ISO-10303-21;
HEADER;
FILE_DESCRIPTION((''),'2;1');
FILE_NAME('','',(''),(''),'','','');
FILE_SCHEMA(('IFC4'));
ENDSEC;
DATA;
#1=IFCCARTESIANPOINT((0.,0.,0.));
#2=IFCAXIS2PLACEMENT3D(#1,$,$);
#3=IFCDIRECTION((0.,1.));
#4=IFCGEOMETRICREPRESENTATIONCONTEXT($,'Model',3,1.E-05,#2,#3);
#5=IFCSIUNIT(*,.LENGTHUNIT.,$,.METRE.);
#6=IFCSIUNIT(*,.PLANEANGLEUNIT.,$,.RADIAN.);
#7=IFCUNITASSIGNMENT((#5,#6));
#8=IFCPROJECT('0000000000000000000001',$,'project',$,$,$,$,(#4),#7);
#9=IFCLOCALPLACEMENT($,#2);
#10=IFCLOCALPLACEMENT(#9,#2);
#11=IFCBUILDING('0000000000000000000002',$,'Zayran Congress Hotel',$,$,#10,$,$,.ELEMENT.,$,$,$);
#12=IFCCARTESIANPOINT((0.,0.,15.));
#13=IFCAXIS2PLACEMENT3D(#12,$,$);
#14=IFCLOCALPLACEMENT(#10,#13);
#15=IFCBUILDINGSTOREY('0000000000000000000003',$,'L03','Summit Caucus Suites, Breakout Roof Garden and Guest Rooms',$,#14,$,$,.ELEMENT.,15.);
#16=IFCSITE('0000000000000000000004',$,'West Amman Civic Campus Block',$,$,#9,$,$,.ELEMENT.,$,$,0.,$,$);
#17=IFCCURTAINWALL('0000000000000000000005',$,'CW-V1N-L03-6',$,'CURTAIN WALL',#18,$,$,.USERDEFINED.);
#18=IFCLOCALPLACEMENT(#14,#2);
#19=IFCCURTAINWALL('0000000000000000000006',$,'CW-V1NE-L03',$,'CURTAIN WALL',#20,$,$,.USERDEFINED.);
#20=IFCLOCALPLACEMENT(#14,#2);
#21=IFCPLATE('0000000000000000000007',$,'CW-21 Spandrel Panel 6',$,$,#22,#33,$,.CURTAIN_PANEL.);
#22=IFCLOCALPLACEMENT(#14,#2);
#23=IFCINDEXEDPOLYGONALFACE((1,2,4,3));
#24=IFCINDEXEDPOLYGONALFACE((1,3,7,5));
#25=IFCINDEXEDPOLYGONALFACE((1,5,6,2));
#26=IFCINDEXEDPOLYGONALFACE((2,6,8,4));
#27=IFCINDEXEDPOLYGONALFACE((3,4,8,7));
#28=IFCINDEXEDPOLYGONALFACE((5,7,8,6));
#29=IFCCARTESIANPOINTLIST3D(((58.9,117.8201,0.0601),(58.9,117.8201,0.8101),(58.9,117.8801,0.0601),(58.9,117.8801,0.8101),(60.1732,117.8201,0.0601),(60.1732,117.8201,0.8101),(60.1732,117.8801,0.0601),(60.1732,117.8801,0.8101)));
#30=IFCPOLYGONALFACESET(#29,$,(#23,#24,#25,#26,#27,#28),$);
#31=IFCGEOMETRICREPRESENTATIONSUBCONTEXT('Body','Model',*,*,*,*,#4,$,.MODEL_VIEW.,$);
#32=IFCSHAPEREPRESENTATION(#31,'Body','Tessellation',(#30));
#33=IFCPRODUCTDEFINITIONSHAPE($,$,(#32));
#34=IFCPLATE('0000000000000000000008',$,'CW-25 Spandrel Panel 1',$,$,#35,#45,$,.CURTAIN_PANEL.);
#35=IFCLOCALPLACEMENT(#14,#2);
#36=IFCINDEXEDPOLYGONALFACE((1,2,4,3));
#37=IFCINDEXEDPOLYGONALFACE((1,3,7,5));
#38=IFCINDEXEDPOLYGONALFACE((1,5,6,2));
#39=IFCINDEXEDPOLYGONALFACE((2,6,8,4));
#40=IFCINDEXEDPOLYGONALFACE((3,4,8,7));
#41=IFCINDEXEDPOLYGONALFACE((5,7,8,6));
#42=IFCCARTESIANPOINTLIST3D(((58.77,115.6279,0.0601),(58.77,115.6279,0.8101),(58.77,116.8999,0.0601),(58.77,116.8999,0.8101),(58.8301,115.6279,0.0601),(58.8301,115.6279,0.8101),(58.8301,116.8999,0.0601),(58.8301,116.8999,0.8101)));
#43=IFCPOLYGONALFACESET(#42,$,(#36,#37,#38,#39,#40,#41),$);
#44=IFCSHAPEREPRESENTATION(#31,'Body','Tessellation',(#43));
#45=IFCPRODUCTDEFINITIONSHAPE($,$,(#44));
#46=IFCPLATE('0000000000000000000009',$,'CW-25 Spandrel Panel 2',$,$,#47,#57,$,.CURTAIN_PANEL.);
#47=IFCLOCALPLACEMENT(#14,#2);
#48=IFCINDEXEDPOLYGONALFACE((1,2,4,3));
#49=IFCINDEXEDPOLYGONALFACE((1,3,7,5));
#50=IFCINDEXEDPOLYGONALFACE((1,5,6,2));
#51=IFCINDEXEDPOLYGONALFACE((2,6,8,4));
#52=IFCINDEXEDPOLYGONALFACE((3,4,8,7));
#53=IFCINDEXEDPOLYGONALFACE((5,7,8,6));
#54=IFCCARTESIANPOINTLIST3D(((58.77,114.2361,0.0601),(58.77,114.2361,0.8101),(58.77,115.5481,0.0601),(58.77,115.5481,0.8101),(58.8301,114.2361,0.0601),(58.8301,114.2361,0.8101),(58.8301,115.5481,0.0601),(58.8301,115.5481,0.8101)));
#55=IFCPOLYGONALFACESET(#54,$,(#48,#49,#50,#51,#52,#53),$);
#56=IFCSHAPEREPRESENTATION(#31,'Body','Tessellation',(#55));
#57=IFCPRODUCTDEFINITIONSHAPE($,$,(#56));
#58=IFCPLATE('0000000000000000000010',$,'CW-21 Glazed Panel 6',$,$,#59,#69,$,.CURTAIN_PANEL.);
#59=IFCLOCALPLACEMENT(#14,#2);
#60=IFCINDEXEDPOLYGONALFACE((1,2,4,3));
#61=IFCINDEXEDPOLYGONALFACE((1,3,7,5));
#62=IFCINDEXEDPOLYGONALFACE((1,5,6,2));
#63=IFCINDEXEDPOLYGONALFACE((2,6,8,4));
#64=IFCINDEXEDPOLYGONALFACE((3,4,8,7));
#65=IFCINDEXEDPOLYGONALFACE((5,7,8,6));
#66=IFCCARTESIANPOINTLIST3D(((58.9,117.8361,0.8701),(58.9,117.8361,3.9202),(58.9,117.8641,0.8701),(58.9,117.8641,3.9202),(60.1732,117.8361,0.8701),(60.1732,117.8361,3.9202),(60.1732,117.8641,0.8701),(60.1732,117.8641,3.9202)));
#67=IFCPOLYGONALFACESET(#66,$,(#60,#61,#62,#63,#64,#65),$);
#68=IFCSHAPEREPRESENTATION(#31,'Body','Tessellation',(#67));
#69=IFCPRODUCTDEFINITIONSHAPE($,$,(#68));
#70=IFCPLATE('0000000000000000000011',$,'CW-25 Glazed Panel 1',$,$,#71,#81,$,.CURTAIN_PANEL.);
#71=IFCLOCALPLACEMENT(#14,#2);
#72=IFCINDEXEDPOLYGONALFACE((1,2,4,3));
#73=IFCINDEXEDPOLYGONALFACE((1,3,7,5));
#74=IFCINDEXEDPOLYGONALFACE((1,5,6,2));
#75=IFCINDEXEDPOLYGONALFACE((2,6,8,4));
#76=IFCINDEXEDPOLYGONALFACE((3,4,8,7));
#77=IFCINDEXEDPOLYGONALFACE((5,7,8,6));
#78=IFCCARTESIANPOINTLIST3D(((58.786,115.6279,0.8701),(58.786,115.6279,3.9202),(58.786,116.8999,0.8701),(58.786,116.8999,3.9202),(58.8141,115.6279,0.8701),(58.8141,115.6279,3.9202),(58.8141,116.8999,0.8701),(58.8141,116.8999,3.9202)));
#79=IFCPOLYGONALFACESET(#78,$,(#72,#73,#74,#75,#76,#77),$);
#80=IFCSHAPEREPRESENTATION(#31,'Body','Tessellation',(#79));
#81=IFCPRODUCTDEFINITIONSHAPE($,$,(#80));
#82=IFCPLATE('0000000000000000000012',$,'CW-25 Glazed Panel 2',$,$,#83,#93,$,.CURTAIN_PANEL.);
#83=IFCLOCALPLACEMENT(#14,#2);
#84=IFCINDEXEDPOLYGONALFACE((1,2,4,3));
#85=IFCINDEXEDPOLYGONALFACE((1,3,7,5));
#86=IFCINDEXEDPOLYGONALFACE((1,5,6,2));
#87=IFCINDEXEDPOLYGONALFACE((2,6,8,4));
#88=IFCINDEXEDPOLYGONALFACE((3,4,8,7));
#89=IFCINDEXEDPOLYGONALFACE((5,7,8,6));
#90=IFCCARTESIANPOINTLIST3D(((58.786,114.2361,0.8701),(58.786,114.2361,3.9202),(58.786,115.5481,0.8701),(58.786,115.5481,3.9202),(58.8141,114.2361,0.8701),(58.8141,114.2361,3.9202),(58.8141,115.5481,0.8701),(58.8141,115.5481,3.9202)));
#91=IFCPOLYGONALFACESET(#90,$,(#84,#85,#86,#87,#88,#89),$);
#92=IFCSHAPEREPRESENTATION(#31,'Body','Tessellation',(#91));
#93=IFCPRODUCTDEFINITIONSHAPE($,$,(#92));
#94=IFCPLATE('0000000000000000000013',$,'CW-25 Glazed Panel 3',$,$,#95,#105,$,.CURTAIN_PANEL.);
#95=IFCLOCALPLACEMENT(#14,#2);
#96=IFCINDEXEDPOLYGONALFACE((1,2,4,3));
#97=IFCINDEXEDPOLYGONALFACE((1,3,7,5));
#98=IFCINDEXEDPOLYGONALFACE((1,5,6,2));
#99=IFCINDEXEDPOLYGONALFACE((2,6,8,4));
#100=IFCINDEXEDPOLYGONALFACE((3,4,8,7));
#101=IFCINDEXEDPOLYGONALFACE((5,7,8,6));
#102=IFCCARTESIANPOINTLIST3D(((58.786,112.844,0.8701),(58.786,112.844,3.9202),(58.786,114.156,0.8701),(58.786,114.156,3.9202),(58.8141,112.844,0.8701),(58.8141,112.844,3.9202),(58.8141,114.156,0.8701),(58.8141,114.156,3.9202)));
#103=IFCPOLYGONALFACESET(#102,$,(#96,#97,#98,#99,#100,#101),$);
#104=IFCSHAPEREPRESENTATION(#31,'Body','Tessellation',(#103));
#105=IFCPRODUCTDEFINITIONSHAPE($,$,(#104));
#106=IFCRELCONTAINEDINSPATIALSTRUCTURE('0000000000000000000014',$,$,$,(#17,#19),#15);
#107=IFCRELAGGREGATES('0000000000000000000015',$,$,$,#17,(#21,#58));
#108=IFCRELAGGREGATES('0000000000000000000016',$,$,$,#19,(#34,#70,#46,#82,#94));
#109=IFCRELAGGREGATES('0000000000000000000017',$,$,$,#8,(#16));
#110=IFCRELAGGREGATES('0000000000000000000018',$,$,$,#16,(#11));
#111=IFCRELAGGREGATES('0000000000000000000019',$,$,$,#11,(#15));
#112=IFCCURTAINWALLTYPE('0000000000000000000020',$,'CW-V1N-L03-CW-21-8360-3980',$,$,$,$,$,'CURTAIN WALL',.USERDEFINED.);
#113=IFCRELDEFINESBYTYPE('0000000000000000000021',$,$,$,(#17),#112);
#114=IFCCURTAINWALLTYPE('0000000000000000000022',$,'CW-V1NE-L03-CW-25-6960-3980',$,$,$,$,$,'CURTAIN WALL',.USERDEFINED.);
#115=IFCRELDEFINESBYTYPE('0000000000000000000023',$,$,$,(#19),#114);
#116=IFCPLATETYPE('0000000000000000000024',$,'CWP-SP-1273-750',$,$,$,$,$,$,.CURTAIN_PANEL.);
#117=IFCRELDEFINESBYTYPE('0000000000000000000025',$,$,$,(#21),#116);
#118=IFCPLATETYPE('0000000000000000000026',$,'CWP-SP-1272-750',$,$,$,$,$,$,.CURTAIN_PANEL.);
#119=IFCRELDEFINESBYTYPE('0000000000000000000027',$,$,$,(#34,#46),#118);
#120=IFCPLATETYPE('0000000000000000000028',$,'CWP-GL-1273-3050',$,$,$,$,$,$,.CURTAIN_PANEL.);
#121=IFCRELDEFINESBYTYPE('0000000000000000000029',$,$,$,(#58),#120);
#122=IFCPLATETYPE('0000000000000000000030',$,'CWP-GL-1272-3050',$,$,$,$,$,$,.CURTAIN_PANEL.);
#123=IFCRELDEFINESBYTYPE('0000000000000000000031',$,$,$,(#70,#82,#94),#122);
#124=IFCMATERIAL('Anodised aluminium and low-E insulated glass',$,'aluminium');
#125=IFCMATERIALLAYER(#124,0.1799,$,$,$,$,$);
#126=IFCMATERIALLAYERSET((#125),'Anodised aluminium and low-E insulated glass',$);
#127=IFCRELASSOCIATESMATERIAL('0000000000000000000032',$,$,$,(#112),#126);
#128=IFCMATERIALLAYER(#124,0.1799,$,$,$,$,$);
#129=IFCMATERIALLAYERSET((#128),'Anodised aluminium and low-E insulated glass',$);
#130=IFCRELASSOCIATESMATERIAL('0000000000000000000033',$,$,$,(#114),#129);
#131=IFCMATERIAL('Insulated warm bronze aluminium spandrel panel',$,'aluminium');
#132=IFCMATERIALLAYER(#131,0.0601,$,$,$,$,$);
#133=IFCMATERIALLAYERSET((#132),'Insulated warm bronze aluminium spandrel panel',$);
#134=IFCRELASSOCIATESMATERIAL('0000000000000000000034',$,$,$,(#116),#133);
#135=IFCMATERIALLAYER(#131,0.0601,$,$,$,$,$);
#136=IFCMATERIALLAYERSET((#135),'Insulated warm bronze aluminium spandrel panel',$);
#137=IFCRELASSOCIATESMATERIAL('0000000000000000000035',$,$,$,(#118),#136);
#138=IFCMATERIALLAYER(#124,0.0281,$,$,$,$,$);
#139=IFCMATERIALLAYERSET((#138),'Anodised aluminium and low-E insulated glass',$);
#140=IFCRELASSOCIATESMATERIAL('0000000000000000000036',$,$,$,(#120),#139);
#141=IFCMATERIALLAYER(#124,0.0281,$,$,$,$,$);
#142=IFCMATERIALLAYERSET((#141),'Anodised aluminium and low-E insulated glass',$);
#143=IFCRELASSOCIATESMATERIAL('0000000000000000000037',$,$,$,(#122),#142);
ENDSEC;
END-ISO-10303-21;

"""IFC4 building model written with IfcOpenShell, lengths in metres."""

from ifc_helpers import new_model, si_unit, direction, frame, origin, origin_2d, place, context, subcontext, project, spatial, rectangle, extrude, material, layer, layer_set, type_object, element, aggregate, save


model = new_model("IFC4")

# Units and contexts
model_context = context("Model", 3, precision=1e-05, world=origin(), true_north=direction((0.0, 1.0)))
body_context = subcontext(model_context, "Body", "Model", "MODEL_VIEW")
ifc_project = project(units=[si_unit("LENGTHUNIT", "METRE"), si_unit("PLANEANGLEUNIT", "RADIAN")], contexts=[model_context])

# Site, building, storey
site_placement = place(None, origin())
site = spatial("IfcSite", under=ifc_project, at=site_placement, Name="West Amman Civic Campus Block", CompositionType="ELEMENT", RefElevation=0.0)
building_placement = place(site_placement, origin())
building = spatial("IfcBuilding", under=site, at=building_placement, Name="Zayran Congress Hotel", CompositionType="ELEMENT")
storey_placement = place(building_placement, frame((0.0, 0.0, 15.0)))
storey = spatial("IfcBuildingStorey", under=building, at=storey_placement, Name="L03", Description="Summit Caucus Suites, Breakout Roof Garden and Guest Rooms", CompositionType="ELEMENT", Elevation=15.0)

# Curtain walls
ifc_material_1 = material(Name="Anodised aluminium and low-E insulated glass", Category="aluminium")
ifc_layer_1 = layer(ifc_material_1, 0.1799)
ifc_layer_set_1 = layer_set([ifc_layer_1], Name="Anodised aluminium and low-E insulated glass")
curtain_wall_type_1 = type_object("IfcCurtainWallType", Name="CW-V1N-L03-CW-21-8360-3980", ElementType="CURTAIN WALL", PredefinedType="USERDEFINED", material=ifc_layer_set_1)
curtain_wall_1_placement = place(storey_placement, origin())
curtain_wall_1 = element("IfcCurtainWall", 1, at=curtain_wall_1_placement, inside=storey, type_object=curtain_wall_type_1, Name="CW-V1N-L03-6", ObjectType="CURTAIN WALL", PredefinedType="USERDEFINED")
ifc_layer_2 = layer(ifc_material_1, 0.1799)
ifc_layer_set_2 = layer_set([ifc_layer_2], Name="Anodised aluminium and low-E insulated glass")
curtain_wall_type_2 = type_object("IfcCurtainWallType", Name="CW-V1NE-L03-CW-25-6960-3980", ElementType="CURTAIN WALL", PredefinedType="USERDEFINED", material=ifc_layer_set_2)
curtain_wall_2_placement = place(storey_placement, origin())
curtain_wall_2 = element("IfcCurtainWall", 2, at=curtain_wall_2_placement, inside=storey, type_object=curtain_wall_type_2, Name="CW-V1NE-L03", ObjectType="CURTAIN WALL", PredefinedType="USERDEFINED")

# Plates
ifc_material_2 = material(Name="Insulated warm bronze aluminium spandrel panel", Category="aluminium")
ifc_layer_3 = layer(ifc_material_2, 0.0601)
ifc_layer_set_3 = layer_set([ifc_layer_3], Name="Insulated warm bronze aluminium spandrel panel")
plate_type_1 = type_object("IfcPlateType", Name="CWP-SP-1273-750", PredefinedType="CURTAIN_PANEL", material=ifc_layer_set_3)
plate_1_placement = place(storey_placement, frame((59.5366, 117.8501, 0.0601), z_axis=(0.0, 0.0, 1.0), x_axis=(1.0, 0.0, 0.0)))
plate_1 = element("IfcPlate", 3, at=plate_1_placement, type_object=plate_type_1, Name="CW-21 Spandrel Panel 6", PredefinedType="CURTAIN_PANEL", context=body_context, shape_type="SweptSolid", body=[
    extrude(rectangle(XDim=1.2732, YDim=0.0601, at=origin_2d()), origin(), (0.0, 0.0, 1.0), 0.75),
])
ifc_layer_4 = layer(ifc_material_2, 0.0601)
ifc_layer_set_4 = layer_set([ifc_layer_4], Name="Insulated warm bronze aluminium spandrel panel")
plate_type_2 = type_object("IfcPlateType", Name="CWP-SP-1272-750", PredefinedType="CURTAIN_PANEL", material=ifc_layer_set_4)
plate_2_placement = place(storey_placement, frame((58.8, 116.2639, 0.0601), z_axis=(0.0, 0.0, 1.0), x_axis=(0.0, 1.0, 0.0)))
plate_2 = element("IfcPlate", 4, at=plate_2_placement, type_object=plate_type_2, Name="CW-25 Spandrel Panel 1", PredefinedType="CURTAIN_PANEL", context=body_context, shape_type="SweptSolid", body=[
    extrude(rectangle(XDim=1.272, YDim=0.0601, at=origin_2d()), origin(), (0.0, 0.0, 1.0), 0.75),
])
plate_3_placement = place(storey_placement, frame((58.8, 114.8921, 0.0601), z_axis=(0.0, 0.0, 1.0), x_axis=(0.0, 1.0, 0.0)))
plate_3 = element("IfcPlate", 5, at=plate_3_placement, type_object=plate_type_2, Name="CW-25 Spandrel Panel 2", PredefinedType="CURTAIN_PANEL", context=body_context, shape_type="SweptSolid", body=[
    extrude(rectangle(XDim=1.312, YDim=0.0601, at=origin_2d()), origin(), (0.0, 0.0, 1.0), 0.75),
])
ifc_layer_5 = layer(ifc_material_1, 0.0281)
ifc_layer_set_5 = layer_set([ifc_layer_5], Name="Anodised aluminium and low-E insulated glass")
plate_type_3 = type_object("IfcPlateType", Name="CWP-GL-1273-3050", PredefinedType="CURTAIN_PANEL", material=ifc_layer_set_5)
plate_4_placement = place(storey_placement, frame((59.5366, 117.8501, 0.8701), z_axis=(0.0, 0.0, 1.0), x_axis=(1.0, 0.0, 0.0)))
plate_4 = element("IfcPlate", 6, at=plate_4_placement, type_object=plate_type_3, Name="CW-21 Glazed Panel 6", PredefinedType="CURTAIN_PANEL", context=body_context, shape_type="SweptSolid", body=[
    extrude(rectangle(XDim=1.2732, YDim=0.0281, at=origin_2d()), origin(), (0.0, 0.0, 1.0), 3.05),
])
aggregate(curtain_wall_1, [plate_1, plate_4])
ifc_layer_6 = layer(ifc_material_1, 0.0281)
ifc_layer_set_6 = layer_set([ifc_layer_6], Name="Anodised aluminium and low-E insulated glass")
plate_type_4 = type_object("IfcPlateType", Name="CWP-GL-1272-3050", PredefinedType="CURTAIN_PANEL", material=ifc_layer_set_6)
plate_5_placement = place(storey_placement, frame((58.8, 116.2639, 0.8701), z_axis=(0.0, 0.0, 1.0), x_axis=(0.0, 1.0, 0.0)))
plate_5 = element("IfcPlate", 7, at=plate_5_placement, type_object=plate_type_4, Name="CW-25 Glazed Panel 1", PredefinedType="CURTAIN_PANEL", context=body_context, shape_type="SweptSolid", body=[
    extrude(rectangle(XDim=1.272, YDim=0.0281, at=origin_2d()), origin(), (0.0, 0.0, 1.0), 3.05),
])
plate_6_placement = place(storey_placement, frame((58.8, 114.8921, 0.8701), z_axis=(0.0, 0.0, 1.0), x_axis=(0.0, 1.0, 0.0)))
plate_6 = element("IfcPlate", 8, at=plate_6_placement, type_object=plate_type_4, Name="CW-25 Glazed Panel 2", PredefinedType="CURTAIN_PANEL", context=body_context, shape_type="SweptSolid", body=[
    extrude(rectangle(XDim=1.312, YDim=0.0281, at=origin_2d()), origin(), (0.0, 0.0, 1.0), 3.05),
])
plate_7_placement = place(storey_placement, frame((58.8, 113.5, 0.8701), z_axis=(0.0, 0.0, 1.0), x_axis=(0.0, 1.0, 0.0)))
plate_7 = element("IfcPlate", 9, at=plate_7_placement, type_object=plate_type_4, Name="CW-25 Glazed Panel 3", PredefinedType="CURTAIN_PANEL", context=body_context, shape_type="SweptSolid", body=[
    extrude(rectangle(XDim=1.312, YDim=0.0281, at=origin_2d()), origin(), (0.0, 0.0, 1.0), 3.05),
])
aggregate(curtain_wall_2, [plate_2, plate_5, plate_3, plate_6, plate_7])

save(model, "model.ifc")
